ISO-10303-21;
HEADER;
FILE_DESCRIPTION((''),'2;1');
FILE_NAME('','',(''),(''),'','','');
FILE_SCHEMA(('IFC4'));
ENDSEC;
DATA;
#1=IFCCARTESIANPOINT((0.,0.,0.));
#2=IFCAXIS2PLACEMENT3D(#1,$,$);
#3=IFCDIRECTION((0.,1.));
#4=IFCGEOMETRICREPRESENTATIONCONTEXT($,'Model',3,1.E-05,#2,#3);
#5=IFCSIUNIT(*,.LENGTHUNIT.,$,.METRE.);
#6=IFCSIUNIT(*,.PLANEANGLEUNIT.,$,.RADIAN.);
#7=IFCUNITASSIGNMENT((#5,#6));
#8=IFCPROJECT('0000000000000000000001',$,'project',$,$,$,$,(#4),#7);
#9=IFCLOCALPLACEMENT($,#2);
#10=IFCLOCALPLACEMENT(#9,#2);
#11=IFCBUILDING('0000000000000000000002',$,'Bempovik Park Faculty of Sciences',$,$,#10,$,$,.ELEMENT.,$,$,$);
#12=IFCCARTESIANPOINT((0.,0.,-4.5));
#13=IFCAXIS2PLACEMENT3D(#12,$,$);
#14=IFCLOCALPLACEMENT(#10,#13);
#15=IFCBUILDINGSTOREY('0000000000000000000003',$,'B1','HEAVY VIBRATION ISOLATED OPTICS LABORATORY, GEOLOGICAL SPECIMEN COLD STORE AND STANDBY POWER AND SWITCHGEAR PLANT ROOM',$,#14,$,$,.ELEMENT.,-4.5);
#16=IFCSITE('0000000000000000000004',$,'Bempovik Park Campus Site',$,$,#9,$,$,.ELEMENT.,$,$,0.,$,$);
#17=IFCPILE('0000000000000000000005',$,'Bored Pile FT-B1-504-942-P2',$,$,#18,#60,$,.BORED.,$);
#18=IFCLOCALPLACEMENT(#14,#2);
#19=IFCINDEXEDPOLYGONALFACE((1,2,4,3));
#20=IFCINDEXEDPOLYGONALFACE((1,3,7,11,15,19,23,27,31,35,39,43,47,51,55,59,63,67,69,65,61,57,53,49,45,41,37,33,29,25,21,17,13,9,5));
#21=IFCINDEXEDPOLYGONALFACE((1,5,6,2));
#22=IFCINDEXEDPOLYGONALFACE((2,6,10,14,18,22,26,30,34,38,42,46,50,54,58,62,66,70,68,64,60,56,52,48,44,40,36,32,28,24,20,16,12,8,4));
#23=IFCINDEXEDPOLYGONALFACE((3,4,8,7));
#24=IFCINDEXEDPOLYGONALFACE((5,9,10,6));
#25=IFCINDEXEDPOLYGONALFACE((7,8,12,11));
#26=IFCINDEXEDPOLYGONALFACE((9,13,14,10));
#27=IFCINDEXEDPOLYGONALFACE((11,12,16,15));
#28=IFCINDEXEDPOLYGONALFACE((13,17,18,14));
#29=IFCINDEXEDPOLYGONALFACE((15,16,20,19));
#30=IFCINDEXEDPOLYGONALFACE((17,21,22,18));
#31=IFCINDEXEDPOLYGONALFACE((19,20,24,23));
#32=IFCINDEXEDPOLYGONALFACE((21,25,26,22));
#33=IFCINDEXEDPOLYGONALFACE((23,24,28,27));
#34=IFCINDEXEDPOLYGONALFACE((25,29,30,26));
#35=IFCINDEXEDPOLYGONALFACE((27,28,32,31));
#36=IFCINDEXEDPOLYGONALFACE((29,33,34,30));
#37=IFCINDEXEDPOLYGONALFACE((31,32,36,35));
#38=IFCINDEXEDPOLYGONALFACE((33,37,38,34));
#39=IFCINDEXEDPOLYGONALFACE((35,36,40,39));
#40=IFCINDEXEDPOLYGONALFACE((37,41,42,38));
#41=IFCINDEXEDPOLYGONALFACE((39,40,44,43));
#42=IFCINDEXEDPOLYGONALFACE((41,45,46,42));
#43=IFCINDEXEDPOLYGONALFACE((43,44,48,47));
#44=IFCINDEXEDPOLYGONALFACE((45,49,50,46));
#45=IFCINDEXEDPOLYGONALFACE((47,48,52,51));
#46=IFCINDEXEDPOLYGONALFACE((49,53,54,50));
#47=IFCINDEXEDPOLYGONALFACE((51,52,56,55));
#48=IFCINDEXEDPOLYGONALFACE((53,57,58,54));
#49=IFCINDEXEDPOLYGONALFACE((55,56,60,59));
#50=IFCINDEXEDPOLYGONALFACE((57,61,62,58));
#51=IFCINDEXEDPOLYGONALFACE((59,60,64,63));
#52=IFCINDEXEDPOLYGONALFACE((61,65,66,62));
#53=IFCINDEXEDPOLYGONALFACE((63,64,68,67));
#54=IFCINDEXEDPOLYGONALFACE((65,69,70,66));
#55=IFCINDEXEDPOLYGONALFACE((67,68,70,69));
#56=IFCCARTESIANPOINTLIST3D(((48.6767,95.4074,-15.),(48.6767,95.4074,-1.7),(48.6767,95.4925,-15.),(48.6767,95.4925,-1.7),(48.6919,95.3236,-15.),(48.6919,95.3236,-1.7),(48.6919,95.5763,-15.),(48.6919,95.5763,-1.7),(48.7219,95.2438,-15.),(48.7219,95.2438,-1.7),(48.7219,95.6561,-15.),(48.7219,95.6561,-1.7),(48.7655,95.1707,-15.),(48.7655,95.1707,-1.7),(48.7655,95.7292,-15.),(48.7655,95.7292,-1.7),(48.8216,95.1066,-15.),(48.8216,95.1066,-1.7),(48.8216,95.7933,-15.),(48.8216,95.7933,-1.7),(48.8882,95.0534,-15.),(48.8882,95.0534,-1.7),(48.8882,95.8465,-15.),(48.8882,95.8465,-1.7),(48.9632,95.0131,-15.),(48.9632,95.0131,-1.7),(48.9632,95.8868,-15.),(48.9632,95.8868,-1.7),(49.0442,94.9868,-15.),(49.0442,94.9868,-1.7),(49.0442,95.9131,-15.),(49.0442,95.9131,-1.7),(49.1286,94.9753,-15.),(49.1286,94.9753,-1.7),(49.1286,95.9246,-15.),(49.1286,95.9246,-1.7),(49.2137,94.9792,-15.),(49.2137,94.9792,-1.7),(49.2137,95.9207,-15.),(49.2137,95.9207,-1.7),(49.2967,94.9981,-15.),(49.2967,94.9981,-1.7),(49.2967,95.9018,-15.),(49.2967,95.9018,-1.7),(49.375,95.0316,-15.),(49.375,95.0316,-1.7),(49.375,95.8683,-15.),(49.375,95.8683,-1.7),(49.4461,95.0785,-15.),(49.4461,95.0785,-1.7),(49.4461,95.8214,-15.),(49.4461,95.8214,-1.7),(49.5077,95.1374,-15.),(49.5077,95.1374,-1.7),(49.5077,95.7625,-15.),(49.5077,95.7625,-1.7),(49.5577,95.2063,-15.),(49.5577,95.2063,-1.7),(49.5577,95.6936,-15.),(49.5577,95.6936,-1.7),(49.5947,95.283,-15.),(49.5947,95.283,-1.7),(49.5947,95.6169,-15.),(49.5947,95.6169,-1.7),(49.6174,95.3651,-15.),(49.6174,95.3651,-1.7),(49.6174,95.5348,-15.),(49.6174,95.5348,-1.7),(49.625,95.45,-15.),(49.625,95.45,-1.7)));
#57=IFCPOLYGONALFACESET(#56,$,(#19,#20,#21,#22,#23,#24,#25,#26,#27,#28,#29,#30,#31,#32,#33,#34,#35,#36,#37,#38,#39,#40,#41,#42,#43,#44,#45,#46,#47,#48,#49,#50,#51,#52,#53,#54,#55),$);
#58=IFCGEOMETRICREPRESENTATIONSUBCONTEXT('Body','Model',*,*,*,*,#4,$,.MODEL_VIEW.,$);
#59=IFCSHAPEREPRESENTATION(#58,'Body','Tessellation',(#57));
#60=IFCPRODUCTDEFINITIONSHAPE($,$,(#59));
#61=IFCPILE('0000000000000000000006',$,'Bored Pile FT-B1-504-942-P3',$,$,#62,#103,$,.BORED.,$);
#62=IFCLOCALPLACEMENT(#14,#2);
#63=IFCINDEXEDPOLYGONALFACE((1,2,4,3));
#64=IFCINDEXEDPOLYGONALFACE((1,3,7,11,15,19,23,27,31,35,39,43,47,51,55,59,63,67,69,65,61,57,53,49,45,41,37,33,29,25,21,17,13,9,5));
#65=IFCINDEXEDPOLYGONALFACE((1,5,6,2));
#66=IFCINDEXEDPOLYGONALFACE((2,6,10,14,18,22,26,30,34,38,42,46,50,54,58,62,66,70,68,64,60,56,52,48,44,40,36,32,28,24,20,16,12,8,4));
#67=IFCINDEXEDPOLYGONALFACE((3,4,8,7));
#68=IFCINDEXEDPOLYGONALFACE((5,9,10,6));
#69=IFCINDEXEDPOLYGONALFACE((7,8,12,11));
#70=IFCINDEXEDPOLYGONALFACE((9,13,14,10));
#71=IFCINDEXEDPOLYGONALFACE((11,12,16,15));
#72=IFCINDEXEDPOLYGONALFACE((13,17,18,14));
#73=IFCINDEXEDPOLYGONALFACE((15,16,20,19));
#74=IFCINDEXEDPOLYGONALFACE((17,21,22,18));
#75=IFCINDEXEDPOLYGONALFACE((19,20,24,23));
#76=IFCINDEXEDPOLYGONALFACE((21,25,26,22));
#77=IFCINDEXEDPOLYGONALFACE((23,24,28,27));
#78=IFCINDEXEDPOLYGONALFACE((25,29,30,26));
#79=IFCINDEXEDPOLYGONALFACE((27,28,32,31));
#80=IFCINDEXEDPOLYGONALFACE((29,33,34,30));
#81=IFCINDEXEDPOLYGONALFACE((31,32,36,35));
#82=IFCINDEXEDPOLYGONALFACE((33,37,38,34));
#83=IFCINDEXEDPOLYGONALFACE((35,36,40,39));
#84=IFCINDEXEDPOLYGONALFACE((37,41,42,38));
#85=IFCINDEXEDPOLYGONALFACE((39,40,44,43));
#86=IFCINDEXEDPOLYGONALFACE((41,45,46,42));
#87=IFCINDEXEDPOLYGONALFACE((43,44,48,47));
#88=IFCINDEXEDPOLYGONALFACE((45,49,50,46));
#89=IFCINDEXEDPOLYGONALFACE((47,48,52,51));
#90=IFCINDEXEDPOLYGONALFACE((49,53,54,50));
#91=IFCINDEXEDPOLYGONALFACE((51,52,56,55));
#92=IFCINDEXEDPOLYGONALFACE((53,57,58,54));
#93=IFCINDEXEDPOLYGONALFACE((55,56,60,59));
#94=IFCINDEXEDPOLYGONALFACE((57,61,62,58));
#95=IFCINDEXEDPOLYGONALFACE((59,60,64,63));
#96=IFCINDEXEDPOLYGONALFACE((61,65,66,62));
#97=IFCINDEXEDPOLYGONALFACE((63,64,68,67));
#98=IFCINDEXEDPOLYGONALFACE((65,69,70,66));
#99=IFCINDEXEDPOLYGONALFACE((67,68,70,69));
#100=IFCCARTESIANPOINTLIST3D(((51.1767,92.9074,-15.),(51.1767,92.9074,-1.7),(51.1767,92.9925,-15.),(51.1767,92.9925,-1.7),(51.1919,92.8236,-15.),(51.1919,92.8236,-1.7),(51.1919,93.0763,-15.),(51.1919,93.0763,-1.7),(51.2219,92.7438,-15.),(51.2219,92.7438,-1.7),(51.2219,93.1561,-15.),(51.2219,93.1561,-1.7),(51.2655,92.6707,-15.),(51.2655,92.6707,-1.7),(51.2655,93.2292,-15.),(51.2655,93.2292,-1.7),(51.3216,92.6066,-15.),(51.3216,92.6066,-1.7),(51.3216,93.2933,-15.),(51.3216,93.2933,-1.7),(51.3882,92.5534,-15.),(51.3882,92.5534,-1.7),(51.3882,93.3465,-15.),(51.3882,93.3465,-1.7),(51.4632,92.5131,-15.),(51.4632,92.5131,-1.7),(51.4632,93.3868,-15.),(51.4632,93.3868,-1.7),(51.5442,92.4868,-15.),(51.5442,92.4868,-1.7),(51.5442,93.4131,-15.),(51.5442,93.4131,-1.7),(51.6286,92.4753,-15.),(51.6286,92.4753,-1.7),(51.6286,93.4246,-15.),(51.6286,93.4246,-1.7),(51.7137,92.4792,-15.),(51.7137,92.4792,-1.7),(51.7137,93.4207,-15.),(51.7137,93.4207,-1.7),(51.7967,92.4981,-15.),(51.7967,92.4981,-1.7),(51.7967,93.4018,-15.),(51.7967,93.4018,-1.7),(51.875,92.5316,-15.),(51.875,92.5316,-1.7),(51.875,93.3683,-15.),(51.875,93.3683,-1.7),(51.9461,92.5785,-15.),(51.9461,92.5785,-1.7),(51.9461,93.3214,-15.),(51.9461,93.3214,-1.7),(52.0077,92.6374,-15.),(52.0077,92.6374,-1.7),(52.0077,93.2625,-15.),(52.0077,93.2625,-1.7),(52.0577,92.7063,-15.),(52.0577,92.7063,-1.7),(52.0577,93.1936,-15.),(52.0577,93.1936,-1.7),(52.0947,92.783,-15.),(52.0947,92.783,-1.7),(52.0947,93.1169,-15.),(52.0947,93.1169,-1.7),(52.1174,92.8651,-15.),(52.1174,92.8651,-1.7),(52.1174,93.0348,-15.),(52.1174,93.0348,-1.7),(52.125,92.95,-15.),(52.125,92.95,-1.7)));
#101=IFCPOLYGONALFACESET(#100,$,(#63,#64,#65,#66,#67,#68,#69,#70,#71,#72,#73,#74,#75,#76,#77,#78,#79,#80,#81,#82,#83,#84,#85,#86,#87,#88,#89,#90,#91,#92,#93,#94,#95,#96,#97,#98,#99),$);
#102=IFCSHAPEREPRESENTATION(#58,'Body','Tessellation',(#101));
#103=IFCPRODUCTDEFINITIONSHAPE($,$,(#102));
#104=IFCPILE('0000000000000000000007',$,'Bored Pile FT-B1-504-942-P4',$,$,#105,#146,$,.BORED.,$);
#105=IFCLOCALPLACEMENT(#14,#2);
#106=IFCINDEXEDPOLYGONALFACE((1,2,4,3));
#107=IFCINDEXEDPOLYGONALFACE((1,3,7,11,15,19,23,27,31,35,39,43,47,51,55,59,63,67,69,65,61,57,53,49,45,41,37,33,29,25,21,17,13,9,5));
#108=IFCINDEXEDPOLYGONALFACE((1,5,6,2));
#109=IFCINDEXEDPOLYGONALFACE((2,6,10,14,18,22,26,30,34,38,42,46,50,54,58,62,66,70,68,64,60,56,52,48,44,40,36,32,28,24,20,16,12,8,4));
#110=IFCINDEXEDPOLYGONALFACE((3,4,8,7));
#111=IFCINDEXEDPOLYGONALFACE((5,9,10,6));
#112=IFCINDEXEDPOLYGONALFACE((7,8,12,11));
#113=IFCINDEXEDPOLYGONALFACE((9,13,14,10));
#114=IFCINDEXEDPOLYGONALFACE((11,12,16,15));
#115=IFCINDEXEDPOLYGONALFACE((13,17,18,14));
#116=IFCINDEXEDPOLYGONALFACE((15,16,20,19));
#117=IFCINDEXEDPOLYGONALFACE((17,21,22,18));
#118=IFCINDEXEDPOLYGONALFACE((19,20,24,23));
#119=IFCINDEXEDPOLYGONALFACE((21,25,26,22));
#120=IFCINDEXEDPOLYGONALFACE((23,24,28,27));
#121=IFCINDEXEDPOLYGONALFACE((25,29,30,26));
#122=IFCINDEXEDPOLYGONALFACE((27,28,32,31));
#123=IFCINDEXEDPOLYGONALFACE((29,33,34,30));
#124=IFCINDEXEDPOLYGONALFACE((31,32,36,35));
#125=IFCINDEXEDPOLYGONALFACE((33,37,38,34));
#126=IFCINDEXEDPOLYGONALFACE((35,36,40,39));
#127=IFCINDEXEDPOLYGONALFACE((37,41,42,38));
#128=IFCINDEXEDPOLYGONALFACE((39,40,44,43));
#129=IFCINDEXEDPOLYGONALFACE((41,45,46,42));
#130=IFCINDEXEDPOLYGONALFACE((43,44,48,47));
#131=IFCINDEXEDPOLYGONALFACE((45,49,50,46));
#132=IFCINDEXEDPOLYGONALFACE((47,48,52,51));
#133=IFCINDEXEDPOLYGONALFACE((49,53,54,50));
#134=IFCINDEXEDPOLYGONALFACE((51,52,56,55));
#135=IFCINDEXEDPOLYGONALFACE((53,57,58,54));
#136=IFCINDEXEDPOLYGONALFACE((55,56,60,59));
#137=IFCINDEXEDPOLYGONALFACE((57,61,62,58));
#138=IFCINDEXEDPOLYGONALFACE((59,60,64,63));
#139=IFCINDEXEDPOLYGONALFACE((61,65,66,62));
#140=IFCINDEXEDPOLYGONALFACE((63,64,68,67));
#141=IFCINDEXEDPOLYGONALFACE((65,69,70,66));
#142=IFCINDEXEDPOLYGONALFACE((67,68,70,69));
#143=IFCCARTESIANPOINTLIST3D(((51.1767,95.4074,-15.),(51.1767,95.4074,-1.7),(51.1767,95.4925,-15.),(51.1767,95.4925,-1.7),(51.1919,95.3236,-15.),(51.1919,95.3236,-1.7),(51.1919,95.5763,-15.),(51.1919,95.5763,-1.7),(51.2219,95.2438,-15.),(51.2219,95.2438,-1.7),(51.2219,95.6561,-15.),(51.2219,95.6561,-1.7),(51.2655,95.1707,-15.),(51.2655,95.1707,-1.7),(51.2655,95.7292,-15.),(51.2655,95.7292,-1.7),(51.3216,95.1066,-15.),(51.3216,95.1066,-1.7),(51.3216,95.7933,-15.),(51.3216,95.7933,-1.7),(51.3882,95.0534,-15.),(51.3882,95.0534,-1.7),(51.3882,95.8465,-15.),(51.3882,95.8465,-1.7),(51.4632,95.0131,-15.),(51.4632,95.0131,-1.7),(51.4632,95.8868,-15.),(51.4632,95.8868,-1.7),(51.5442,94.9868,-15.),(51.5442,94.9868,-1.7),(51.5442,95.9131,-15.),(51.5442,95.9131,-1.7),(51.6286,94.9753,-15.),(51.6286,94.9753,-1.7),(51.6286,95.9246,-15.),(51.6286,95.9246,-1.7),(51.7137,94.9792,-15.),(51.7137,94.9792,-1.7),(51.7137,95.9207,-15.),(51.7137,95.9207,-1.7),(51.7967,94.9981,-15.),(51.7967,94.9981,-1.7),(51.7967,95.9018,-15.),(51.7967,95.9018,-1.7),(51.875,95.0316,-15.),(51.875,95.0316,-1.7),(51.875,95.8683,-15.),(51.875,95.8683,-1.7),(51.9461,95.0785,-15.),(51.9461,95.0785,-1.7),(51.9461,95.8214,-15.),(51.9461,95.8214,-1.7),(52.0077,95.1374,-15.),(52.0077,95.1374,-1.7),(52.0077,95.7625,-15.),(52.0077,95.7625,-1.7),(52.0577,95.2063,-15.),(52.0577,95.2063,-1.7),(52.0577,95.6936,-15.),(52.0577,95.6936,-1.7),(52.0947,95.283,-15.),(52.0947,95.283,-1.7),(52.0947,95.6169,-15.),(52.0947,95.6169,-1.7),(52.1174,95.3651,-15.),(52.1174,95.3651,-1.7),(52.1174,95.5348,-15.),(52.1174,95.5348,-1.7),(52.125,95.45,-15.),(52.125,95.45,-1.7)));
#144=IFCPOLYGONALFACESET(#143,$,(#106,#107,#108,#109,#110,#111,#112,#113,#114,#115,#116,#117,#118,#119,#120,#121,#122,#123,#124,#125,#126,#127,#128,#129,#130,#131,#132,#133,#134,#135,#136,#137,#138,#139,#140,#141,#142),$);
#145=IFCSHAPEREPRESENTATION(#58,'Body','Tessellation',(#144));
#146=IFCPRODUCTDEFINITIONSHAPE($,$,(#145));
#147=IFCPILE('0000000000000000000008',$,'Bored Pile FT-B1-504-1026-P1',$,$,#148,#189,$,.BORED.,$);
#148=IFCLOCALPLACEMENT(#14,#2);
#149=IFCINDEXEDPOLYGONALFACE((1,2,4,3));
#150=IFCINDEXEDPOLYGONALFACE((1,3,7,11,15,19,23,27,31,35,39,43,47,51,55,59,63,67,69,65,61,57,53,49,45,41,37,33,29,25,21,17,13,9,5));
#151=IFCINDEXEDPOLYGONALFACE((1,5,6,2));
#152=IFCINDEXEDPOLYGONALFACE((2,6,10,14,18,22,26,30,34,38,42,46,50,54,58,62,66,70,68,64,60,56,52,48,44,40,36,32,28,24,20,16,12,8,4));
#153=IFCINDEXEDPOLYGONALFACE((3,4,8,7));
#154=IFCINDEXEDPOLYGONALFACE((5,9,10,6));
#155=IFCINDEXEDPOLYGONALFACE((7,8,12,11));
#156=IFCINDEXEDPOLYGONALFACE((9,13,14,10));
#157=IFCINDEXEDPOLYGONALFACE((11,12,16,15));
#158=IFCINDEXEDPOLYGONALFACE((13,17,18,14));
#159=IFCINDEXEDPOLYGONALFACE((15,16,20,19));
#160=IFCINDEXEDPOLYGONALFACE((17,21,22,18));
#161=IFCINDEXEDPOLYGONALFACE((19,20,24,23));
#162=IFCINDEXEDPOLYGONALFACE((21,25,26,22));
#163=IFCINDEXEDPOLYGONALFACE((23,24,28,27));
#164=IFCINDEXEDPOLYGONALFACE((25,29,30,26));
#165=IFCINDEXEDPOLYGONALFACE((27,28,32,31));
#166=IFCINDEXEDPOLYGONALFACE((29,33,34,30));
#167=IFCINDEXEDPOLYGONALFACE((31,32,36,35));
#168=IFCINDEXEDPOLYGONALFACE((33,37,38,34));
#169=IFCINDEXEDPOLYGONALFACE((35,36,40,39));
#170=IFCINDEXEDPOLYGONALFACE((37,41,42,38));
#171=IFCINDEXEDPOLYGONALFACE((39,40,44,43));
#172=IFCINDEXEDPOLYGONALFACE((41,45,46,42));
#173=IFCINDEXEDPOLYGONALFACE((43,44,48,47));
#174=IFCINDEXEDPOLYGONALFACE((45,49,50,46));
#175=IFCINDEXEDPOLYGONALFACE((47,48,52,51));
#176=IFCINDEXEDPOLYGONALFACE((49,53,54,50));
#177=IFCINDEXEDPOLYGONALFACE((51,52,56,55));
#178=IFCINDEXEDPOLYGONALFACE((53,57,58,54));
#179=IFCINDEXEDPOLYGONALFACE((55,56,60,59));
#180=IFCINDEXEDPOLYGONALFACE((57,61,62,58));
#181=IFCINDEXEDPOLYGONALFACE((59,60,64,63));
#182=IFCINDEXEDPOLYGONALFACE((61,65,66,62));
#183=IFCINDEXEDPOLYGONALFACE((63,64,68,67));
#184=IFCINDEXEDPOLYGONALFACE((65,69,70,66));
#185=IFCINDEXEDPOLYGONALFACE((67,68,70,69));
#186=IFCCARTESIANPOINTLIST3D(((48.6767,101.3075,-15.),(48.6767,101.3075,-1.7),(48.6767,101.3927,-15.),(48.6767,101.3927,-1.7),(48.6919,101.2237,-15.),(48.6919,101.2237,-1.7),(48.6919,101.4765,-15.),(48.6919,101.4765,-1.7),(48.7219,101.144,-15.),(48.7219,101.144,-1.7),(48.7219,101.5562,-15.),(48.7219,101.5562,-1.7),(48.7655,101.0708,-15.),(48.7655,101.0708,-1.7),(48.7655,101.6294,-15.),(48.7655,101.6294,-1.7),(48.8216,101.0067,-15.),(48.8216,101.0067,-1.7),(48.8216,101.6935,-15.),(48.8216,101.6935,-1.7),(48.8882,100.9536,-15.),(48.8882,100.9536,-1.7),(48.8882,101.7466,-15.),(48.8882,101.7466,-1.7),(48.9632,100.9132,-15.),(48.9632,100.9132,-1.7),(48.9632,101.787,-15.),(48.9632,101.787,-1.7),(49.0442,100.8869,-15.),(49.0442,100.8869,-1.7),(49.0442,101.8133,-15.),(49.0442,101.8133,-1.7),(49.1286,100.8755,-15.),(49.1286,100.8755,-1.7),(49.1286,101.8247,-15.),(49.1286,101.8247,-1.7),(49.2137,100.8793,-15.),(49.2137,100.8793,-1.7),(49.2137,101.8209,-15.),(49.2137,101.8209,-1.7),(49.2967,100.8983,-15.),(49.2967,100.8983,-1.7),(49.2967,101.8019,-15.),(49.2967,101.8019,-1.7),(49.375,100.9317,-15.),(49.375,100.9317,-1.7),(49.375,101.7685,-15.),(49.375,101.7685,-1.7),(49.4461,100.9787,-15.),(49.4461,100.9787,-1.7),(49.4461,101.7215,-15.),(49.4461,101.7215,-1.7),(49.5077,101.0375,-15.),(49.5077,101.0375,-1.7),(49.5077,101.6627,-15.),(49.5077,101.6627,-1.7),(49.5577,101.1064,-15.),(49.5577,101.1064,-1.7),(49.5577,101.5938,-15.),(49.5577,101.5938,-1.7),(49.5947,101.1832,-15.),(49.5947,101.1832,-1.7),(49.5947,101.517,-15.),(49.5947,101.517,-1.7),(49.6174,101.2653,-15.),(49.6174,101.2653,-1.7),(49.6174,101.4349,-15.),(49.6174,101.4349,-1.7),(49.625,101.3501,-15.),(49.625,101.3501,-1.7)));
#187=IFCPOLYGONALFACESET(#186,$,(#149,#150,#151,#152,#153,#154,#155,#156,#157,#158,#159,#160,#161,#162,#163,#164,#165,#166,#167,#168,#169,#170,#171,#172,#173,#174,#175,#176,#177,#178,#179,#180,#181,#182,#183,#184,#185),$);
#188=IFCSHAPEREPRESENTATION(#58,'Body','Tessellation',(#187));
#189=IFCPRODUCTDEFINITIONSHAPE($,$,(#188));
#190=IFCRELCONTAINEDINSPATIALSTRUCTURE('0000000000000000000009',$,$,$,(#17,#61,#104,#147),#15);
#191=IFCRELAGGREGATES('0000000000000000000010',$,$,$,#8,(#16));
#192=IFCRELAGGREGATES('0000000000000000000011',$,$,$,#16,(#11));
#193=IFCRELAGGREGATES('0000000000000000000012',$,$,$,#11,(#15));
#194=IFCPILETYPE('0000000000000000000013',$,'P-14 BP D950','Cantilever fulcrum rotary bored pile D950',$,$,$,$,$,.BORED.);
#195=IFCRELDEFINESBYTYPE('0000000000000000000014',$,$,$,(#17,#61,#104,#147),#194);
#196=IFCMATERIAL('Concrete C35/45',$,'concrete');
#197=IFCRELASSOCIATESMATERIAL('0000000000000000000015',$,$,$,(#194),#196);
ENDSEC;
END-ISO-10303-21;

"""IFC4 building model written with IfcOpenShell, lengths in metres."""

from ifc_helpers import new_model, si_unit, direction, frame, origin, origin_2d, place, context, subcontext, project, spatial, circle, extrude, material, material_profile, profile_set, type_object, element, save


model = new_model("IFC4")

# Units and contexts
model_context = context("Model", 3, precision=1e-05, world=origin(), true_north=direction((0.0, 1.0)))
body_context = subcontext(model_context, "Body", "Model", "MODEL_VIEW")
ifc_project = project(units=[si_unit("LENGTHUNIT", "METRE"), si_unit("PLANEANGLEUNIT", "RADIAN")], contexts=[model_context])

# Site, building, storey
site_placement = place(None, origin())
site = spatial("IfcSite", under=ifc_project, at=site_placement, Name="Bempovik Park Campus Site", CompositionType="ELEMENT", RefElevation=0.0)
building_placement = place(site_placement, origin())
building = spatial("IfcBuilding", under=site, at=building_placement, Name="Bempovik Park Faculty of Sciences", CompositionType="ELEMENT")
storey_placement = place(building_placement, frame((0.0, 0.0, -4.5)))
storey = spatial("IfcBuildingStorey", under=building, at=storey_placement, Name="B1", Description="HEAVY VIBRATION ISOLATED OPTICS LABORATORY, GEOLOGICAL SPECIMEN COLD STORE AND STANDBY POWER AND SWITCHGEAR PLANT ROOM", CompositionType="ELEMENT", Elevation=-4.5)

# Shared definitions
ifc_material_1 = material(Name="Concrete C35/45", Category="concrete")

# Piles
ifc_material_profile_1 = material_profile(ifc_material_1, circle(Radius=0.4751, at=origin_2d()), Name="BP D950")
ifc_profile_set_1 = profile_set([ifc_material_profile_1], Name="Concrete C35/45")
pile_type = type_object("IfcPileType", Name="P-14 BP D950", Description="Cantilever fulcrum rotary bored pile D950", PredefinedType="BORED", material=ifc_profile_set_1)
for number, where, z_axis, x_axis, name in (
    (1, (49.1499, 95.45, -1.7), (0.0, 0.0, -1.0), (1.0, 0.0, 0.0), "Bored Pile FT-B1-504-942-P2"),
    (2, (51.6499, 92.95, -1.7), (0.0, 0.0, -1.0), (1.0, 0.0, 0.0), "Bored Pile FT-B1-504-942-P3"),
    (3, (51.6499, 95.45, -1.7), (0.0, 0.0, -1.0), (1.0, 0.0, 0.0), "Bored Pile FT-B1-504-942-P4"),
    (4, (49.1499, 101.3501, -1.7), (0.0, 0.0, -1.0), (1.0, 0.0, 0.0), "Bored Pile FT-B1-504-1026-P1"),
):
    element("IfcPile", number, at=place(storey_placement, frame(where, z_axis=z_axis, x_axis=x_axis)), inside=storey, type_object=pile_type, Name=name, PredefinedType="BORED", context=body_context, shape_type="SweptSolid", body=[
        extrude(circle(Radius=0.4751, at=origin_2d()), origin(), (0.0, 0.0, 1.0), 13.3),
    ])

save(model, "model.ifc")
